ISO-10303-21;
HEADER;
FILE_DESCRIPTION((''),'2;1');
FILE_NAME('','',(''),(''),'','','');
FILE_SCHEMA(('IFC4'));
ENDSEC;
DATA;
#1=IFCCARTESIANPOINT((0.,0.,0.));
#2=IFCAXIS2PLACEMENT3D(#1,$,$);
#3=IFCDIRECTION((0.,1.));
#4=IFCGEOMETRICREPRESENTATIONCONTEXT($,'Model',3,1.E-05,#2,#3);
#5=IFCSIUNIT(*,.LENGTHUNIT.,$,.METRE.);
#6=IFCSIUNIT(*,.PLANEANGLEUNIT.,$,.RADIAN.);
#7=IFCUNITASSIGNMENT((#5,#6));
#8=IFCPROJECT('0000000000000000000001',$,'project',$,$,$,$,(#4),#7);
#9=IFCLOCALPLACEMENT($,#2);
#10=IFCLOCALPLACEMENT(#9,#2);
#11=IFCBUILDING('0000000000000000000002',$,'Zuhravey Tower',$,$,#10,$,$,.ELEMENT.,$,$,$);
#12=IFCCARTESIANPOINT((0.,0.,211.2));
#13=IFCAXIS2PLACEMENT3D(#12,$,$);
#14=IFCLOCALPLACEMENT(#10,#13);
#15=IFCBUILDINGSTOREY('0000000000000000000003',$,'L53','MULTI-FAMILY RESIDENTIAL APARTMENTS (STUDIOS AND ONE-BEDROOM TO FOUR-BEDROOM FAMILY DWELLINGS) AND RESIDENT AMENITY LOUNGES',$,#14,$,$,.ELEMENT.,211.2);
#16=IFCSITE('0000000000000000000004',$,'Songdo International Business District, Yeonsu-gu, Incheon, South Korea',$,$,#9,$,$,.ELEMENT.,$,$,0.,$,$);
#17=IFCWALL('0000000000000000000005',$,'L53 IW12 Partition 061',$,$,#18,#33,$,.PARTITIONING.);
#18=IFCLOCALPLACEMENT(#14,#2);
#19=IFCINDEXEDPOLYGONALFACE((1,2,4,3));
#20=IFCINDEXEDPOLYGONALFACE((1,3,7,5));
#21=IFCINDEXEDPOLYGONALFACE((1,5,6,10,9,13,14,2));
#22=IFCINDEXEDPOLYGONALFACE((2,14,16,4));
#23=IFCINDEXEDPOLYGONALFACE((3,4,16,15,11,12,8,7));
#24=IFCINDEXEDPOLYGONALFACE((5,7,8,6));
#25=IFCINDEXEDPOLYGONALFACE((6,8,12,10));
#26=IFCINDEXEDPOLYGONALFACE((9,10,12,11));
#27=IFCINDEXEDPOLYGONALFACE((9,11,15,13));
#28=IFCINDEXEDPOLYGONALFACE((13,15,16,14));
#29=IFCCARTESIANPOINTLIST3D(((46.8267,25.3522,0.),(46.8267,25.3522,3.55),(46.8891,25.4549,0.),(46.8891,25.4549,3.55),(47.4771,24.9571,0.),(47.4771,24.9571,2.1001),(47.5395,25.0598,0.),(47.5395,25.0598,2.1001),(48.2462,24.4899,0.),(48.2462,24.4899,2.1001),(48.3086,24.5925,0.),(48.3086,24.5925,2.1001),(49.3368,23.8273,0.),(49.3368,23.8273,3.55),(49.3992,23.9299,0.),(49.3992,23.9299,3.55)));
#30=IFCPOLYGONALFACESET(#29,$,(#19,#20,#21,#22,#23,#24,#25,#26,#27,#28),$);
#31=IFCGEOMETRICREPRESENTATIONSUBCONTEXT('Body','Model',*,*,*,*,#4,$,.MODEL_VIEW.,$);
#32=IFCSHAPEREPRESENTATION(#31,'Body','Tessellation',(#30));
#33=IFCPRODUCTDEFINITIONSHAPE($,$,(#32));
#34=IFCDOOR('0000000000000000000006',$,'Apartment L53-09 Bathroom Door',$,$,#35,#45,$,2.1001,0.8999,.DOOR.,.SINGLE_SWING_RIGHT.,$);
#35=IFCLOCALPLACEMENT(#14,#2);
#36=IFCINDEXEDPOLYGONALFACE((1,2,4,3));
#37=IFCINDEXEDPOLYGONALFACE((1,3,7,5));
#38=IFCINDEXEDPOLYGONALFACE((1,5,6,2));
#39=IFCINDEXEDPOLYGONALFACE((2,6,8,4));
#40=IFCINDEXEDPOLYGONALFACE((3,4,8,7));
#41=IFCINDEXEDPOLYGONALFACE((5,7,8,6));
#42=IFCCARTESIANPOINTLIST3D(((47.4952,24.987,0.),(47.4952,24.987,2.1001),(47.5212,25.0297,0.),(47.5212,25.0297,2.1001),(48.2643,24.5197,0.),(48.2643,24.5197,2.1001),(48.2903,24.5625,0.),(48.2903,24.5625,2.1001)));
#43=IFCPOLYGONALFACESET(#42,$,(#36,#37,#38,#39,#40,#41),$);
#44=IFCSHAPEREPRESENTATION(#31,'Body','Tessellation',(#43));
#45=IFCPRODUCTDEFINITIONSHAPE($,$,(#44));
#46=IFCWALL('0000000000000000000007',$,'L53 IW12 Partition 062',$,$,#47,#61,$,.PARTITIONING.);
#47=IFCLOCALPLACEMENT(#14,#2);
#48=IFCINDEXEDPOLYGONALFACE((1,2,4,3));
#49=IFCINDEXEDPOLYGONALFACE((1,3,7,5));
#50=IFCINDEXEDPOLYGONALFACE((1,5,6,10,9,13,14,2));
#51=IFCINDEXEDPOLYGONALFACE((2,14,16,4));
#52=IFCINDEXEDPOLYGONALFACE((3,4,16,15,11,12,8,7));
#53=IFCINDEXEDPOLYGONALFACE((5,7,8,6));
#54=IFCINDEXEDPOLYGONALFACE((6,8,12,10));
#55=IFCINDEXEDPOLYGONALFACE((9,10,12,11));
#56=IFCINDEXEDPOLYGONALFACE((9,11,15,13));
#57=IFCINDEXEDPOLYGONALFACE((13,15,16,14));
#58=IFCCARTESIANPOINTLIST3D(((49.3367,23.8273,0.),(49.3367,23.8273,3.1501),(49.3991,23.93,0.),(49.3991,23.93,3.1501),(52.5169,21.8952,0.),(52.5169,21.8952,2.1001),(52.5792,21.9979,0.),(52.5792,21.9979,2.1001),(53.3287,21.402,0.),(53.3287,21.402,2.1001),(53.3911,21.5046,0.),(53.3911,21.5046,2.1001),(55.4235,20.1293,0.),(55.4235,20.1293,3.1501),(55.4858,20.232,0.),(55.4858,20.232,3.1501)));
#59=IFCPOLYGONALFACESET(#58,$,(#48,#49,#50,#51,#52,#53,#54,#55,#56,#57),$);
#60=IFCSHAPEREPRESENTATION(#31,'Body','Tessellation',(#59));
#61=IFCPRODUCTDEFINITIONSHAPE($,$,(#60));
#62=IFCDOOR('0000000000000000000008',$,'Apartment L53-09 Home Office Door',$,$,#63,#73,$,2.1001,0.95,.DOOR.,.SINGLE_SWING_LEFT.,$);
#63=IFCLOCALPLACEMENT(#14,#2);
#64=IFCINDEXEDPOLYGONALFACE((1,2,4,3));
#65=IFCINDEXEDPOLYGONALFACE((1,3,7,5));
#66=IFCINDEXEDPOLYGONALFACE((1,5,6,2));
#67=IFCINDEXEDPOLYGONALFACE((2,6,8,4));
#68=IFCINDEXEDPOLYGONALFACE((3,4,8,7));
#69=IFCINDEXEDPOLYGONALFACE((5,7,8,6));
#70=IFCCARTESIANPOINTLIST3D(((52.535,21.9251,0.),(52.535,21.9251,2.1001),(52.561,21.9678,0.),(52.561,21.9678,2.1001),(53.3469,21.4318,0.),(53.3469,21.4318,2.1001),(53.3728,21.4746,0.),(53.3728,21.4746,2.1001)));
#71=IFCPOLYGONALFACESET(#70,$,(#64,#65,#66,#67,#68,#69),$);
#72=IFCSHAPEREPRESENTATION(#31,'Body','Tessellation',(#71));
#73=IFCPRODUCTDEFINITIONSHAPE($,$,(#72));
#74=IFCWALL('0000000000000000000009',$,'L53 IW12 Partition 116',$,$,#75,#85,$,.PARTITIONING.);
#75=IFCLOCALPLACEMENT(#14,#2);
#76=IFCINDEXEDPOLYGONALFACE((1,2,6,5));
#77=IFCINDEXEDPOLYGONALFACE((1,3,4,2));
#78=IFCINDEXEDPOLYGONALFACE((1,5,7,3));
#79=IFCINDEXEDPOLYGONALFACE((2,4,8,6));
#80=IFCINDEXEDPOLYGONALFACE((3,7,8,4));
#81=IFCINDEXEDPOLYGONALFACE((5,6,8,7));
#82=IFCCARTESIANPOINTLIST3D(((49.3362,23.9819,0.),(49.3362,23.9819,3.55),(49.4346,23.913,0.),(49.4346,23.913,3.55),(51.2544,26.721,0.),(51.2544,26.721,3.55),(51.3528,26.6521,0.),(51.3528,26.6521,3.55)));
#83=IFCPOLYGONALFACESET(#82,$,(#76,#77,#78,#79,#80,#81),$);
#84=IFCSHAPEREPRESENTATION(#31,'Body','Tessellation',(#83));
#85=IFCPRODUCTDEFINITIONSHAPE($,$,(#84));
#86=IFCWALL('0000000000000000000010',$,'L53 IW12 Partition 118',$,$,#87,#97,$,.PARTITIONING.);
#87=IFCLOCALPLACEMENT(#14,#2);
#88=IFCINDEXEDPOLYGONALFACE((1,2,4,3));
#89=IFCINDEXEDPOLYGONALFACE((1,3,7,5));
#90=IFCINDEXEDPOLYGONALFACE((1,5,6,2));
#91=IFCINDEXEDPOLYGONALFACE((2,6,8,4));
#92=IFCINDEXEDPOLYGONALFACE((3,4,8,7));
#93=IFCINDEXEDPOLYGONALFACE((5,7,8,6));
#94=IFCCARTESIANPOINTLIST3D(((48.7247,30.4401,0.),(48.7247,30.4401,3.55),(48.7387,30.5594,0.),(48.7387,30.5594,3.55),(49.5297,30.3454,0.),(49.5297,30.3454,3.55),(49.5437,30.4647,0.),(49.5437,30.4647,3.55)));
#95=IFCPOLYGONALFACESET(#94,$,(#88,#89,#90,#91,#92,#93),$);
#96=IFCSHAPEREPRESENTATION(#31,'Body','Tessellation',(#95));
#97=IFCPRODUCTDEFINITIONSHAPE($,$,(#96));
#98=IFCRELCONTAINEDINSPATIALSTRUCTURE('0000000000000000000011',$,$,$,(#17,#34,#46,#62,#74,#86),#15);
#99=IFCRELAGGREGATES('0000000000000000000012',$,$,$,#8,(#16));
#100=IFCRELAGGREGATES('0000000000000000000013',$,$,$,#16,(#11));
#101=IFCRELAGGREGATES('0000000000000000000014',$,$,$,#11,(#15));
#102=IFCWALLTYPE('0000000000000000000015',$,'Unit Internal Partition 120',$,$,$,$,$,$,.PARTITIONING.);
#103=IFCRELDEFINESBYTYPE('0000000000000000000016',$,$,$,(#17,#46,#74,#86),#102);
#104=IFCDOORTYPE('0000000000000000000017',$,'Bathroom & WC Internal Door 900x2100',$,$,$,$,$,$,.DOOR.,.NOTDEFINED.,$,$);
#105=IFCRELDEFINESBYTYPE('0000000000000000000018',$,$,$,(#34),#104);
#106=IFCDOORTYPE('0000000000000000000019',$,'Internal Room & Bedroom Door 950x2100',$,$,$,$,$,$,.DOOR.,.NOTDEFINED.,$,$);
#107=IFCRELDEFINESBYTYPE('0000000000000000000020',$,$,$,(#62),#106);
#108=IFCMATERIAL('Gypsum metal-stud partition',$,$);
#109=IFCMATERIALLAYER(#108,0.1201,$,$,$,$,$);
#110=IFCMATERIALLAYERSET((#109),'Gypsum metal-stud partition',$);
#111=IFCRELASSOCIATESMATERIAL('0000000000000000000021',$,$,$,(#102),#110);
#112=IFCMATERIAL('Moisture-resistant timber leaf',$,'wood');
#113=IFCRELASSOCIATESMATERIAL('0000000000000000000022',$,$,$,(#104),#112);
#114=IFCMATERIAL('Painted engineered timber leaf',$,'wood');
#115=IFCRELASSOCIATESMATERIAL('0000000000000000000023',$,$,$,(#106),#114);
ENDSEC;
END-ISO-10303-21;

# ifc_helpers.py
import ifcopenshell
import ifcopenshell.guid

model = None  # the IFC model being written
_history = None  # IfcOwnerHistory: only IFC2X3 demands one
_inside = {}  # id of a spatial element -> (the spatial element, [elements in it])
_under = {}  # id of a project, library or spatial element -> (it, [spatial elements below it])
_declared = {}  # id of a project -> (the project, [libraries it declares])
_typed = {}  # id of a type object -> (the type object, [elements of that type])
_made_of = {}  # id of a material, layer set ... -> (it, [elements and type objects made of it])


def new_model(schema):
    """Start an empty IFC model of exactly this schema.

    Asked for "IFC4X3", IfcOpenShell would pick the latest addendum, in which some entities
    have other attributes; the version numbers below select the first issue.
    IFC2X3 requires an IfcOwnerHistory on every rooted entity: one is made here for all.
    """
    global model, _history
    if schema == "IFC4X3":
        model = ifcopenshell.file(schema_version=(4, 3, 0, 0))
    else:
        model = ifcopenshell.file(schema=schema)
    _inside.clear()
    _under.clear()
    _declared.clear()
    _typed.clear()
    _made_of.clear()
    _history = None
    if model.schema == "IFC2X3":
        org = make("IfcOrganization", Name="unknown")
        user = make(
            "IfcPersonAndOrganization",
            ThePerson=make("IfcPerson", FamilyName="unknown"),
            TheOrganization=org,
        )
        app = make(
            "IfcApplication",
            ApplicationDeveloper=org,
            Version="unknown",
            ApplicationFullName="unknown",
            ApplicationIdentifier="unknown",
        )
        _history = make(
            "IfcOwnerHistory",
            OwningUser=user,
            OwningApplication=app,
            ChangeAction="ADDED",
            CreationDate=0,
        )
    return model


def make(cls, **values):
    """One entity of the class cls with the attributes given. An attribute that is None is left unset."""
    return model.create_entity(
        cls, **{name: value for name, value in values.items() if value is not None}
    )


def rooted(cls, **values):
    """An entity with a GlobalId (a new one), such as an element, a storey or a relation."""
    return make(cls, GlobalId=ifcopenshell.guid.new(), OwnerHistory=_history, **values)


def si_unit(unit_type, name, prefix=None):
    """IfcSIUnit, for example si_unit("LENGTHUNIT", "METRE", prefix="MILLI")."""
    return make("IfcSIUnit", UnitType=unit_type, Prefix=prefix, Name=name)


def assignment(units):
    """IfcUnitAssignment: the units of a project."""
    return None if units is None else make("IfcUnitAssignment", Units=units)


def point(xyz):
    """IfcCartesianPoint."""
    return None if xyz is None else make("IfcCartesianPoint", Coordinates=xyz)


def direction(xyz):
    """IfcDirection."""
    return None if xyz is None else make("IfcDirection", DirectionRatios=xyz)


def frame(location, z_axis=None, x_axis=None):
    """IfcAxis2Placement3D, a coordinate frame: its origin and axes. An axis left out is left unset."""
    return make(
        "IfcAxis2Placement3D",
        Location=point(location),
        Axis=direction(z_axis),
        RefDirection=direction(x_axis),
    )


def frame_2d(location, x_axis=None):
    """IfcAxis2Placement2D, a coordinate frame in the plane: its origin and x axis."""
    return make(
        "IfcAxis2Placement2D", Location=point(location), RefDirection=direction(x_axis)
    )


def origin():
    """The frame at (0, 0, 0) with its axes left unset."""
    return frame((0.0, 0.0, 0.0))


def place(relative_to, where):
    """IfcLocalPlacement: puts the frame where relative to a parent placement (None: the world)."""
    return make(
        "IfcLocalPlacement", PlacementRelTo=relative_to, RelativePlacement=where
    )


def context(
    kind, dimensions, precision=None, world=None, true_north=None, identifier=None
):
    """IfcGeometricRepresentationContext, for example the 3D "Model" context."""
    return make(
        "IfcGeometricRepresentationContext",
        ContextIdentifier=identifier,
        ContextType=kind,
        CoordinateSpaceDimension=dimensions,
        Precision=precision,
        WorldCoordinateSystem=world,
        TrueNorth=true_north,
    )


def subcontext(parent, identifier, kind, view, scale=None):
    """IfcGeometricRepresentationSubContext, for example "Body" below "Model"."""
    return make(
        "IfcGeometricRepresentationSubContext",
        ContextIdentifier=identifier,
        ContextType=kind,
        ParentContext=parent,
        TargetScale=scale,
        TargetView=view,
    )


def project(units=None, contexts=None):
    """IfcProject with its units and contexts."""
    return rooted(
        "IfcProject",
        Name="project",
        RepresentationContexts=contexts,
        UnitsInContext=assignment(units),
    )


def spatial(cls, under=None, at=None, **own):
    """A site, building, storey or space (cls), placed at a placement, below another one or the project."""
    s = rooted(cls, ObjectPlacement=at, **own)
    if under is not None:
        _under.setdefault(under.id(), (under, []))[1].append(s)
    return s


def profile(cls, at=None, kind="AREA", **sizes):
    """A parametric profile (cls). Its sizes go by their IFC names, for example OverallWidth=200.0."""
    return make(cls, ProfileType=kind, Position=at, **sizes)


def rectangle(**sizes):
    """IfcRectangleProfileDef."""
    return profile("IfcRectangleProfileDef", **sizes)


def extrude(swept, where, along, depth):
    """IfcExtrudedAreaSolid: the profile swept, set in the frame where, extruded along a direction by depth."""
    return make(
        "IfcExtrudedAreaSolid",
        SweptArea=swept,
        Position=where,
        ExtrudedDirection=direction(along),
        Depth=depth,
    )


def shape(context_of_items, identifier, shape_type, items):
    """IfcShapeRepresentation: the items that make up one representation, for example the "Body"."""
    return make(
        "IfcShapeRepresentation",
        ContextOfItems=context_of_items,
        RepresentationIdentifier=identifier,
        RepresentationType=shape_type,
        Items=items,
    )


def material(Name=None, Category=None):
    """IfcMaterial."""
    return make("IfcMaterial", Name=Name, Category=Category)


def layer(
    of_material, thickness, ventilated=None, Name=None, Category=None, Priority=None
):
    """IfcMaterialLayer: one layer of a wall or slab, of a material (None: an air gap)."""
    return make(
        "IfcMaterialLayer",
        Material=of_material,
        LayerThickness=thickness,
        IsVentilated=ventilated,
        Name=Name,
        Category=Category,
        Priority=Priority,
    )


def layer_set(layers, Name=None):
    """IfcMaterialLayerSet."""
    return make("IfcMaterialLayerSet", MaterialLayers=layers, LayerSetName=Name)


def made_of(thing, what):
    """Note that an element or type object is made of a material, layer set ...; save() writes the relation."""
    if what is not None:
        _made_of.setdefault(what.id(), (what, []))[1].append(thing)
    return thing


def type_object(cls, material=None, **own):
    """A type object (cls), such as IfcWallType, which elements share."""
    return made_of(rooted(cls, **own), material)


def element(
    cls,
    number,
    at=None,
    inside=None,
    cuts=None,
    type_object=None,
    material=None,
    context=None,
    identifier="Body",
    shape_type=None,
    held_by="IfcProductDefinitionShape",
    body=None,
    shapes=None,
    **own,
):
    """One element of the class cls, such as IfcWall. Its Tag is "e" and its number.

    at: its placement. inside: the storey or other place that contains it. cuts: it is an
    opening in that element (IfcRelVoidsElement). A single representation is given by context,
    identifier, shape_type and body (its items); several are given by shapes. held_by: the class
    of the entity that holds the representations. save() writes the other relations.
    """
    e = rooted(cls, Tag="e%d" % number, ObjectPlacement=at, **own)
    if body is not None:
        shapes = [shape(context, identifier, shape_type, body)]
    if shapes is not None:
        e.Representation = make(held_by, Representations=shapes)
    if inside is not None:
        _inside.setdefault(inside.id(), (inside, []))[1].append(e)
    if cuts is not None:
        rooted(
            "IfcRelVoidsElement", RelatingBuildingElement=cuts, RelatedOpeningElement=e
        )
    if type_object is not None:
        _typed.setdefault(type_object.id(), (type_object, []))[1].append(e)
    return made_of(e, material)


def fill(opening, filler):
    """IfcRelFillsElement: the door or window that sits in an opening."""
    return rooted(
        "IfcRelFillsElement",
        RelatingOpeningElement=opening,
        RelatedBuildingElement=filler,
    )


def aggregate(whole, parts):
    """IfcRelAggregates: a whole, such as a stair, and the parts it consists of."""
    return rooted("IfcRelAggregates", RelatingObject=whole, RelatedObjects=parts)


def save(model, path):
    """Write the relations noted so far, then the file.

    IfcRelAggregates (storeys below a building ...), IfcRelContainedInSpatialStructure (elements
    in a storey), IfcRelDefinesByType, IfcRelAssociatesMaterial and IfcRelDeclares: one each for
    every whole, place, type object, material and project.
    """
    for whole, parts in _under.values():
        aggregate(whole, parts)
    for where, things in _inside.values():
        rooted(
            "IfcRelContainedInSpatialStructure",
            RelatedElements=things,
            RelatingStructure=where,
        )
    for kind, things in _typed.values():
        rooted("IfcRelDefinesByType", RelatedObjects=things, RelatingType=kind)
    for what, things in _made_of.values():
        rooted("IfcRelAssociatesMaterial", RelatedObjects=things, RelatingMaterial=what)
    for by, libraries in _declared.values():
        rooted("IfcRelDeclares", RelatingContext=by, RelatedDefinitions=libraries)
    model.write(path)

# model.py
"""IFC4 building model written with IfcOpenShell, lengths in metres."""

from ifc_helpers import new_model, si_unit, direction, frame, frame_2d, origin, place, context, subcontext, project, spatial, rectangle, extrude, material, layer, layer_set, type_object, element, fill, save


model = new_model("IFC4")

# Units and contexts
model_context = context("Model", 3, precision=1e-05, world=origin(), true_north=direction((0.0, 1.0)))
body_context = subcontext(model_context, "Body", "Model", "MODEL_VIEW")
ifc_project = project(units=[si_unit("LENGTHUNIT", "METRE"), si_unit("PLANEANGLEUNIT", "RADIAN")], contexts=[model_context])

# Site, building, storey
site_placement = place(None, origin())
site = spatial("IfcSite", under=ifc_project, at=site_placement, Name="Songdo International Business District, Yeonsu-gu, Incheon, South Korea", CompositionType="ELEMENT", RefElevation=0.0)
building_placement = place(site_placement, origin())
building = spatial("IfcBuilding", under=site, at=building_placement, Name="Zuhravey Tower", CompositionType="ELEMENT")
storey_placement = place(building_placement, frame((0.0, 0.0, 211.2)))
storey = spatial("IfcBuildingStorey", under=building, at=storey_placement, Name="L53", Description="MULTI-FAMILY RESIDENTIAL APARTMENTS (STUDIOS AND ONE-BEDROOM TO FOUR-BEDROOM FAMILY DWELLINGS) AND RESIDENT AMENITY LOUNGES", CompositionType="ELEMENT", Elevation=211.2)

# Walls, openings, doors
ifc_material_1 = material(Name="Gypsum metal-stud partition")
ifc_layer_1 = layer(ifc_material_1, 0.1201)
ifc_layer_set_1 = layer_set([ifc_layer_1], Name="Gypsum metal-stud partition")
wall_type_1 = type_object("IfcWallType", Name="Unit Internal Partition 120", PredefinedType="PARTITIONING", material=ifc_layer_set_1)
wall_1_placement = place(storey_placement, frame((46.8579, 25.4036, 0.0), z_axis=(0.0, 0.0, 1.0), x_axis=(0.854641, -0.519219, 0.0)))
wall_1 = element("IfcWall", 1, at=wall_1_placement, inside=storey, type_object=wall_type_1, Name="L53 IW12 Partition 061", PredefinedType="PARTITIONING", context=body_context, shape_type="SweptSolid", body=[
    extrude(rectangle(XDim=2.937, YDim=0.1201, at=frame_2d((1.4685, 0.0))), origin(), (0.0, 0.0, 1.0), 3.55),
])
opening_1_placement = place(wall_1_placement, frame((0.761, 0.0, 0.0)))
opening_1 = element("IfcOpeningElement", 2, at=opening_1_placement, cuts=wall_1, PredefinedType="OPENING", context=body_context, shape_type="SweptSolid", body=[
    extrude(rectangle(XDim=0.8999, YDim=2.1001, at=frame_2d((0.45, 1.05))), frame((0.0, 0.072, 0.0), z_axis=(0.0, -1.0, 0.0), x_axis=(1.0, 0.0, 0.0)), (0.0, 0.0, 1.0), 0.144),
])
ifc_material_2 = material(Name="Moisture-resistant timber leaf", Category="wood")
door_type_1 = type_object("IfcDoorType", Name="Bathroom & WC Internal Door 900x2100", OperationType="NOTDEFINED", PredefinedType="DOOR", material=ifc_material_2)
door_1_placement = place(opening_1_placement, origin())
door_1 = element("IfcDoor", 3, at=door_1_placement, inside=storey, type_object=door_type_1, Name="Apartment L53-09 Bathroom Door", OperationType="SINGLE_SWING_RIGHT", OverallHeight=2.1001, OverallWidth=0.8999, PredefinedType="DOOR", context=body_context, shape_type="SweptSolid", body=[
    extrude(rectangle(XDim=0.8999, YDim=2.1001, at=frame_2d((0.45, 1.05))), frame((0.0, 0.0249, 0.0), z_axis=(0.0, -1.0, 0.0), x_axis=(1.0, 0.0, 0.0)), (0.0, 0.0, 1.0), 0.05),
])
fill(opening_1, door_1)
wall_2_placement = place(storey_placement, frame((49.3679, 23.8787, 0.0), z_axis=(0.0, 0.0, 1.0), x_axis=(0.854631, -0.519237, 0.0)))
wall_2 = element("IfcWall", 4, at=wall_2_placement, inside=storey, type_object=wall_type_1, Name="L53 IW12 Partition 062", PredefinedType="PARTITIONING", context=body_context, shape_type="SweptSolid", body=[
    extrude(rectangle(XDim=7.1221, YDim=0.1201, at=frame_2d((3.561, 0.0))), origin(), (0.0, 0.0, 1.0), 3.1501),
])
opening_2_placement = place(wall_2_placement, frame((3.7209, 0.0, 0.0)))
opening_2 = element("IfcOpeningElement", 5, at=opening_2_placement, cuts=wall_2, PredefinedType="OPENING", context=body_context, shape_type="SweptSolid", body=[
    extrude(rectangle(XDim=0.95, YDim=2.1001, at=frame_2d((0.4751, 1.05))), frame((0.0, 0.072, 0.0), z_axis=(0.0, -1.0, 0.0), x_axis=(1.0, 0.0, 0.0)), (0.0, 0.0, 1.0), 0.144),
])
ifc_material_3 = material(Name="Painted engineered timber leaf", Category="wood")
door_type_2 = type_object("IfcDoorType", Name="Internal Room & Bedroom Door 950x2100", OperationType="NOTDEFINED", PredefinedType="DOOR", material=ifc_material_3)
door_2_placement = place(opening_2_placement, origin())
door_2 = element("IfcDoor", 6, at=door_2_placement, inside=storey, type_object=door_type_2, Name="Apartment L53-09 Home Office Door", OperationType="SINGLE_SWING_LEFT", OverallHeight=2.1001, OverallWidth=0.95, PredefinedType="DOOR", context=body_context, shape_type="SweptSolid", body=[
    extrude(rectangle(XDim=0.95, YDim=2.1001, at=frame_2d((0.4751, 1.05))), frame((0.0, 0.0249, 0.0), z_axis=(0.0, -1.0, 0.0), x_axis=(1.0, 0.0, 0.0)), (0.0, 0.0, 1.0), 0.05),
])
fill(opening_2, door_2)

# Walls
wall_3_placement = place(storey_placement, frame((49.3855, 23.9475, 0.0), z_axis=(0.0, 0.0, 1.0), x_axis=(0.573609, 0.819129, 0.0)))
element("IfcWall", 7, at=wall_3_placement, inside=storey, type_object=wall_type_1, Name="L53 IW12 Partition 116", PredefinedType="PARTITIONING", context=body_context, shape_type="SweptSolid", body=[
    extrude(rectangle(XDim=3.344, YDim=0.1201, at=frame_2d((1.6719, 0.0))), origin(), (0.0, 0.0, 1.0), 3.55),
])
wall_4_placement = place(storey_placement, frame((48.7317, 30.4998, 0.0), z_axis=(0.0, 0.0, 1.0), x_axis=(0.993146, -0.116876, 0.0)))
element("IfcWall", 8, at=wall_4_placement, inside=storey, type_object=wall_type_1, Name="L53 IW12 Partition 118", PredefinedType="PARTITIONING", context=body_context, shape_type="SweptSolid", body=[
    extrude(rectangle(XDim=0.8105, YDim=0.1201, at=frame_2d((0.4053, 0.0))), origin(), (0.0, 0.0, 1.0), 3.55),
])

save(model, "model.ifc")
